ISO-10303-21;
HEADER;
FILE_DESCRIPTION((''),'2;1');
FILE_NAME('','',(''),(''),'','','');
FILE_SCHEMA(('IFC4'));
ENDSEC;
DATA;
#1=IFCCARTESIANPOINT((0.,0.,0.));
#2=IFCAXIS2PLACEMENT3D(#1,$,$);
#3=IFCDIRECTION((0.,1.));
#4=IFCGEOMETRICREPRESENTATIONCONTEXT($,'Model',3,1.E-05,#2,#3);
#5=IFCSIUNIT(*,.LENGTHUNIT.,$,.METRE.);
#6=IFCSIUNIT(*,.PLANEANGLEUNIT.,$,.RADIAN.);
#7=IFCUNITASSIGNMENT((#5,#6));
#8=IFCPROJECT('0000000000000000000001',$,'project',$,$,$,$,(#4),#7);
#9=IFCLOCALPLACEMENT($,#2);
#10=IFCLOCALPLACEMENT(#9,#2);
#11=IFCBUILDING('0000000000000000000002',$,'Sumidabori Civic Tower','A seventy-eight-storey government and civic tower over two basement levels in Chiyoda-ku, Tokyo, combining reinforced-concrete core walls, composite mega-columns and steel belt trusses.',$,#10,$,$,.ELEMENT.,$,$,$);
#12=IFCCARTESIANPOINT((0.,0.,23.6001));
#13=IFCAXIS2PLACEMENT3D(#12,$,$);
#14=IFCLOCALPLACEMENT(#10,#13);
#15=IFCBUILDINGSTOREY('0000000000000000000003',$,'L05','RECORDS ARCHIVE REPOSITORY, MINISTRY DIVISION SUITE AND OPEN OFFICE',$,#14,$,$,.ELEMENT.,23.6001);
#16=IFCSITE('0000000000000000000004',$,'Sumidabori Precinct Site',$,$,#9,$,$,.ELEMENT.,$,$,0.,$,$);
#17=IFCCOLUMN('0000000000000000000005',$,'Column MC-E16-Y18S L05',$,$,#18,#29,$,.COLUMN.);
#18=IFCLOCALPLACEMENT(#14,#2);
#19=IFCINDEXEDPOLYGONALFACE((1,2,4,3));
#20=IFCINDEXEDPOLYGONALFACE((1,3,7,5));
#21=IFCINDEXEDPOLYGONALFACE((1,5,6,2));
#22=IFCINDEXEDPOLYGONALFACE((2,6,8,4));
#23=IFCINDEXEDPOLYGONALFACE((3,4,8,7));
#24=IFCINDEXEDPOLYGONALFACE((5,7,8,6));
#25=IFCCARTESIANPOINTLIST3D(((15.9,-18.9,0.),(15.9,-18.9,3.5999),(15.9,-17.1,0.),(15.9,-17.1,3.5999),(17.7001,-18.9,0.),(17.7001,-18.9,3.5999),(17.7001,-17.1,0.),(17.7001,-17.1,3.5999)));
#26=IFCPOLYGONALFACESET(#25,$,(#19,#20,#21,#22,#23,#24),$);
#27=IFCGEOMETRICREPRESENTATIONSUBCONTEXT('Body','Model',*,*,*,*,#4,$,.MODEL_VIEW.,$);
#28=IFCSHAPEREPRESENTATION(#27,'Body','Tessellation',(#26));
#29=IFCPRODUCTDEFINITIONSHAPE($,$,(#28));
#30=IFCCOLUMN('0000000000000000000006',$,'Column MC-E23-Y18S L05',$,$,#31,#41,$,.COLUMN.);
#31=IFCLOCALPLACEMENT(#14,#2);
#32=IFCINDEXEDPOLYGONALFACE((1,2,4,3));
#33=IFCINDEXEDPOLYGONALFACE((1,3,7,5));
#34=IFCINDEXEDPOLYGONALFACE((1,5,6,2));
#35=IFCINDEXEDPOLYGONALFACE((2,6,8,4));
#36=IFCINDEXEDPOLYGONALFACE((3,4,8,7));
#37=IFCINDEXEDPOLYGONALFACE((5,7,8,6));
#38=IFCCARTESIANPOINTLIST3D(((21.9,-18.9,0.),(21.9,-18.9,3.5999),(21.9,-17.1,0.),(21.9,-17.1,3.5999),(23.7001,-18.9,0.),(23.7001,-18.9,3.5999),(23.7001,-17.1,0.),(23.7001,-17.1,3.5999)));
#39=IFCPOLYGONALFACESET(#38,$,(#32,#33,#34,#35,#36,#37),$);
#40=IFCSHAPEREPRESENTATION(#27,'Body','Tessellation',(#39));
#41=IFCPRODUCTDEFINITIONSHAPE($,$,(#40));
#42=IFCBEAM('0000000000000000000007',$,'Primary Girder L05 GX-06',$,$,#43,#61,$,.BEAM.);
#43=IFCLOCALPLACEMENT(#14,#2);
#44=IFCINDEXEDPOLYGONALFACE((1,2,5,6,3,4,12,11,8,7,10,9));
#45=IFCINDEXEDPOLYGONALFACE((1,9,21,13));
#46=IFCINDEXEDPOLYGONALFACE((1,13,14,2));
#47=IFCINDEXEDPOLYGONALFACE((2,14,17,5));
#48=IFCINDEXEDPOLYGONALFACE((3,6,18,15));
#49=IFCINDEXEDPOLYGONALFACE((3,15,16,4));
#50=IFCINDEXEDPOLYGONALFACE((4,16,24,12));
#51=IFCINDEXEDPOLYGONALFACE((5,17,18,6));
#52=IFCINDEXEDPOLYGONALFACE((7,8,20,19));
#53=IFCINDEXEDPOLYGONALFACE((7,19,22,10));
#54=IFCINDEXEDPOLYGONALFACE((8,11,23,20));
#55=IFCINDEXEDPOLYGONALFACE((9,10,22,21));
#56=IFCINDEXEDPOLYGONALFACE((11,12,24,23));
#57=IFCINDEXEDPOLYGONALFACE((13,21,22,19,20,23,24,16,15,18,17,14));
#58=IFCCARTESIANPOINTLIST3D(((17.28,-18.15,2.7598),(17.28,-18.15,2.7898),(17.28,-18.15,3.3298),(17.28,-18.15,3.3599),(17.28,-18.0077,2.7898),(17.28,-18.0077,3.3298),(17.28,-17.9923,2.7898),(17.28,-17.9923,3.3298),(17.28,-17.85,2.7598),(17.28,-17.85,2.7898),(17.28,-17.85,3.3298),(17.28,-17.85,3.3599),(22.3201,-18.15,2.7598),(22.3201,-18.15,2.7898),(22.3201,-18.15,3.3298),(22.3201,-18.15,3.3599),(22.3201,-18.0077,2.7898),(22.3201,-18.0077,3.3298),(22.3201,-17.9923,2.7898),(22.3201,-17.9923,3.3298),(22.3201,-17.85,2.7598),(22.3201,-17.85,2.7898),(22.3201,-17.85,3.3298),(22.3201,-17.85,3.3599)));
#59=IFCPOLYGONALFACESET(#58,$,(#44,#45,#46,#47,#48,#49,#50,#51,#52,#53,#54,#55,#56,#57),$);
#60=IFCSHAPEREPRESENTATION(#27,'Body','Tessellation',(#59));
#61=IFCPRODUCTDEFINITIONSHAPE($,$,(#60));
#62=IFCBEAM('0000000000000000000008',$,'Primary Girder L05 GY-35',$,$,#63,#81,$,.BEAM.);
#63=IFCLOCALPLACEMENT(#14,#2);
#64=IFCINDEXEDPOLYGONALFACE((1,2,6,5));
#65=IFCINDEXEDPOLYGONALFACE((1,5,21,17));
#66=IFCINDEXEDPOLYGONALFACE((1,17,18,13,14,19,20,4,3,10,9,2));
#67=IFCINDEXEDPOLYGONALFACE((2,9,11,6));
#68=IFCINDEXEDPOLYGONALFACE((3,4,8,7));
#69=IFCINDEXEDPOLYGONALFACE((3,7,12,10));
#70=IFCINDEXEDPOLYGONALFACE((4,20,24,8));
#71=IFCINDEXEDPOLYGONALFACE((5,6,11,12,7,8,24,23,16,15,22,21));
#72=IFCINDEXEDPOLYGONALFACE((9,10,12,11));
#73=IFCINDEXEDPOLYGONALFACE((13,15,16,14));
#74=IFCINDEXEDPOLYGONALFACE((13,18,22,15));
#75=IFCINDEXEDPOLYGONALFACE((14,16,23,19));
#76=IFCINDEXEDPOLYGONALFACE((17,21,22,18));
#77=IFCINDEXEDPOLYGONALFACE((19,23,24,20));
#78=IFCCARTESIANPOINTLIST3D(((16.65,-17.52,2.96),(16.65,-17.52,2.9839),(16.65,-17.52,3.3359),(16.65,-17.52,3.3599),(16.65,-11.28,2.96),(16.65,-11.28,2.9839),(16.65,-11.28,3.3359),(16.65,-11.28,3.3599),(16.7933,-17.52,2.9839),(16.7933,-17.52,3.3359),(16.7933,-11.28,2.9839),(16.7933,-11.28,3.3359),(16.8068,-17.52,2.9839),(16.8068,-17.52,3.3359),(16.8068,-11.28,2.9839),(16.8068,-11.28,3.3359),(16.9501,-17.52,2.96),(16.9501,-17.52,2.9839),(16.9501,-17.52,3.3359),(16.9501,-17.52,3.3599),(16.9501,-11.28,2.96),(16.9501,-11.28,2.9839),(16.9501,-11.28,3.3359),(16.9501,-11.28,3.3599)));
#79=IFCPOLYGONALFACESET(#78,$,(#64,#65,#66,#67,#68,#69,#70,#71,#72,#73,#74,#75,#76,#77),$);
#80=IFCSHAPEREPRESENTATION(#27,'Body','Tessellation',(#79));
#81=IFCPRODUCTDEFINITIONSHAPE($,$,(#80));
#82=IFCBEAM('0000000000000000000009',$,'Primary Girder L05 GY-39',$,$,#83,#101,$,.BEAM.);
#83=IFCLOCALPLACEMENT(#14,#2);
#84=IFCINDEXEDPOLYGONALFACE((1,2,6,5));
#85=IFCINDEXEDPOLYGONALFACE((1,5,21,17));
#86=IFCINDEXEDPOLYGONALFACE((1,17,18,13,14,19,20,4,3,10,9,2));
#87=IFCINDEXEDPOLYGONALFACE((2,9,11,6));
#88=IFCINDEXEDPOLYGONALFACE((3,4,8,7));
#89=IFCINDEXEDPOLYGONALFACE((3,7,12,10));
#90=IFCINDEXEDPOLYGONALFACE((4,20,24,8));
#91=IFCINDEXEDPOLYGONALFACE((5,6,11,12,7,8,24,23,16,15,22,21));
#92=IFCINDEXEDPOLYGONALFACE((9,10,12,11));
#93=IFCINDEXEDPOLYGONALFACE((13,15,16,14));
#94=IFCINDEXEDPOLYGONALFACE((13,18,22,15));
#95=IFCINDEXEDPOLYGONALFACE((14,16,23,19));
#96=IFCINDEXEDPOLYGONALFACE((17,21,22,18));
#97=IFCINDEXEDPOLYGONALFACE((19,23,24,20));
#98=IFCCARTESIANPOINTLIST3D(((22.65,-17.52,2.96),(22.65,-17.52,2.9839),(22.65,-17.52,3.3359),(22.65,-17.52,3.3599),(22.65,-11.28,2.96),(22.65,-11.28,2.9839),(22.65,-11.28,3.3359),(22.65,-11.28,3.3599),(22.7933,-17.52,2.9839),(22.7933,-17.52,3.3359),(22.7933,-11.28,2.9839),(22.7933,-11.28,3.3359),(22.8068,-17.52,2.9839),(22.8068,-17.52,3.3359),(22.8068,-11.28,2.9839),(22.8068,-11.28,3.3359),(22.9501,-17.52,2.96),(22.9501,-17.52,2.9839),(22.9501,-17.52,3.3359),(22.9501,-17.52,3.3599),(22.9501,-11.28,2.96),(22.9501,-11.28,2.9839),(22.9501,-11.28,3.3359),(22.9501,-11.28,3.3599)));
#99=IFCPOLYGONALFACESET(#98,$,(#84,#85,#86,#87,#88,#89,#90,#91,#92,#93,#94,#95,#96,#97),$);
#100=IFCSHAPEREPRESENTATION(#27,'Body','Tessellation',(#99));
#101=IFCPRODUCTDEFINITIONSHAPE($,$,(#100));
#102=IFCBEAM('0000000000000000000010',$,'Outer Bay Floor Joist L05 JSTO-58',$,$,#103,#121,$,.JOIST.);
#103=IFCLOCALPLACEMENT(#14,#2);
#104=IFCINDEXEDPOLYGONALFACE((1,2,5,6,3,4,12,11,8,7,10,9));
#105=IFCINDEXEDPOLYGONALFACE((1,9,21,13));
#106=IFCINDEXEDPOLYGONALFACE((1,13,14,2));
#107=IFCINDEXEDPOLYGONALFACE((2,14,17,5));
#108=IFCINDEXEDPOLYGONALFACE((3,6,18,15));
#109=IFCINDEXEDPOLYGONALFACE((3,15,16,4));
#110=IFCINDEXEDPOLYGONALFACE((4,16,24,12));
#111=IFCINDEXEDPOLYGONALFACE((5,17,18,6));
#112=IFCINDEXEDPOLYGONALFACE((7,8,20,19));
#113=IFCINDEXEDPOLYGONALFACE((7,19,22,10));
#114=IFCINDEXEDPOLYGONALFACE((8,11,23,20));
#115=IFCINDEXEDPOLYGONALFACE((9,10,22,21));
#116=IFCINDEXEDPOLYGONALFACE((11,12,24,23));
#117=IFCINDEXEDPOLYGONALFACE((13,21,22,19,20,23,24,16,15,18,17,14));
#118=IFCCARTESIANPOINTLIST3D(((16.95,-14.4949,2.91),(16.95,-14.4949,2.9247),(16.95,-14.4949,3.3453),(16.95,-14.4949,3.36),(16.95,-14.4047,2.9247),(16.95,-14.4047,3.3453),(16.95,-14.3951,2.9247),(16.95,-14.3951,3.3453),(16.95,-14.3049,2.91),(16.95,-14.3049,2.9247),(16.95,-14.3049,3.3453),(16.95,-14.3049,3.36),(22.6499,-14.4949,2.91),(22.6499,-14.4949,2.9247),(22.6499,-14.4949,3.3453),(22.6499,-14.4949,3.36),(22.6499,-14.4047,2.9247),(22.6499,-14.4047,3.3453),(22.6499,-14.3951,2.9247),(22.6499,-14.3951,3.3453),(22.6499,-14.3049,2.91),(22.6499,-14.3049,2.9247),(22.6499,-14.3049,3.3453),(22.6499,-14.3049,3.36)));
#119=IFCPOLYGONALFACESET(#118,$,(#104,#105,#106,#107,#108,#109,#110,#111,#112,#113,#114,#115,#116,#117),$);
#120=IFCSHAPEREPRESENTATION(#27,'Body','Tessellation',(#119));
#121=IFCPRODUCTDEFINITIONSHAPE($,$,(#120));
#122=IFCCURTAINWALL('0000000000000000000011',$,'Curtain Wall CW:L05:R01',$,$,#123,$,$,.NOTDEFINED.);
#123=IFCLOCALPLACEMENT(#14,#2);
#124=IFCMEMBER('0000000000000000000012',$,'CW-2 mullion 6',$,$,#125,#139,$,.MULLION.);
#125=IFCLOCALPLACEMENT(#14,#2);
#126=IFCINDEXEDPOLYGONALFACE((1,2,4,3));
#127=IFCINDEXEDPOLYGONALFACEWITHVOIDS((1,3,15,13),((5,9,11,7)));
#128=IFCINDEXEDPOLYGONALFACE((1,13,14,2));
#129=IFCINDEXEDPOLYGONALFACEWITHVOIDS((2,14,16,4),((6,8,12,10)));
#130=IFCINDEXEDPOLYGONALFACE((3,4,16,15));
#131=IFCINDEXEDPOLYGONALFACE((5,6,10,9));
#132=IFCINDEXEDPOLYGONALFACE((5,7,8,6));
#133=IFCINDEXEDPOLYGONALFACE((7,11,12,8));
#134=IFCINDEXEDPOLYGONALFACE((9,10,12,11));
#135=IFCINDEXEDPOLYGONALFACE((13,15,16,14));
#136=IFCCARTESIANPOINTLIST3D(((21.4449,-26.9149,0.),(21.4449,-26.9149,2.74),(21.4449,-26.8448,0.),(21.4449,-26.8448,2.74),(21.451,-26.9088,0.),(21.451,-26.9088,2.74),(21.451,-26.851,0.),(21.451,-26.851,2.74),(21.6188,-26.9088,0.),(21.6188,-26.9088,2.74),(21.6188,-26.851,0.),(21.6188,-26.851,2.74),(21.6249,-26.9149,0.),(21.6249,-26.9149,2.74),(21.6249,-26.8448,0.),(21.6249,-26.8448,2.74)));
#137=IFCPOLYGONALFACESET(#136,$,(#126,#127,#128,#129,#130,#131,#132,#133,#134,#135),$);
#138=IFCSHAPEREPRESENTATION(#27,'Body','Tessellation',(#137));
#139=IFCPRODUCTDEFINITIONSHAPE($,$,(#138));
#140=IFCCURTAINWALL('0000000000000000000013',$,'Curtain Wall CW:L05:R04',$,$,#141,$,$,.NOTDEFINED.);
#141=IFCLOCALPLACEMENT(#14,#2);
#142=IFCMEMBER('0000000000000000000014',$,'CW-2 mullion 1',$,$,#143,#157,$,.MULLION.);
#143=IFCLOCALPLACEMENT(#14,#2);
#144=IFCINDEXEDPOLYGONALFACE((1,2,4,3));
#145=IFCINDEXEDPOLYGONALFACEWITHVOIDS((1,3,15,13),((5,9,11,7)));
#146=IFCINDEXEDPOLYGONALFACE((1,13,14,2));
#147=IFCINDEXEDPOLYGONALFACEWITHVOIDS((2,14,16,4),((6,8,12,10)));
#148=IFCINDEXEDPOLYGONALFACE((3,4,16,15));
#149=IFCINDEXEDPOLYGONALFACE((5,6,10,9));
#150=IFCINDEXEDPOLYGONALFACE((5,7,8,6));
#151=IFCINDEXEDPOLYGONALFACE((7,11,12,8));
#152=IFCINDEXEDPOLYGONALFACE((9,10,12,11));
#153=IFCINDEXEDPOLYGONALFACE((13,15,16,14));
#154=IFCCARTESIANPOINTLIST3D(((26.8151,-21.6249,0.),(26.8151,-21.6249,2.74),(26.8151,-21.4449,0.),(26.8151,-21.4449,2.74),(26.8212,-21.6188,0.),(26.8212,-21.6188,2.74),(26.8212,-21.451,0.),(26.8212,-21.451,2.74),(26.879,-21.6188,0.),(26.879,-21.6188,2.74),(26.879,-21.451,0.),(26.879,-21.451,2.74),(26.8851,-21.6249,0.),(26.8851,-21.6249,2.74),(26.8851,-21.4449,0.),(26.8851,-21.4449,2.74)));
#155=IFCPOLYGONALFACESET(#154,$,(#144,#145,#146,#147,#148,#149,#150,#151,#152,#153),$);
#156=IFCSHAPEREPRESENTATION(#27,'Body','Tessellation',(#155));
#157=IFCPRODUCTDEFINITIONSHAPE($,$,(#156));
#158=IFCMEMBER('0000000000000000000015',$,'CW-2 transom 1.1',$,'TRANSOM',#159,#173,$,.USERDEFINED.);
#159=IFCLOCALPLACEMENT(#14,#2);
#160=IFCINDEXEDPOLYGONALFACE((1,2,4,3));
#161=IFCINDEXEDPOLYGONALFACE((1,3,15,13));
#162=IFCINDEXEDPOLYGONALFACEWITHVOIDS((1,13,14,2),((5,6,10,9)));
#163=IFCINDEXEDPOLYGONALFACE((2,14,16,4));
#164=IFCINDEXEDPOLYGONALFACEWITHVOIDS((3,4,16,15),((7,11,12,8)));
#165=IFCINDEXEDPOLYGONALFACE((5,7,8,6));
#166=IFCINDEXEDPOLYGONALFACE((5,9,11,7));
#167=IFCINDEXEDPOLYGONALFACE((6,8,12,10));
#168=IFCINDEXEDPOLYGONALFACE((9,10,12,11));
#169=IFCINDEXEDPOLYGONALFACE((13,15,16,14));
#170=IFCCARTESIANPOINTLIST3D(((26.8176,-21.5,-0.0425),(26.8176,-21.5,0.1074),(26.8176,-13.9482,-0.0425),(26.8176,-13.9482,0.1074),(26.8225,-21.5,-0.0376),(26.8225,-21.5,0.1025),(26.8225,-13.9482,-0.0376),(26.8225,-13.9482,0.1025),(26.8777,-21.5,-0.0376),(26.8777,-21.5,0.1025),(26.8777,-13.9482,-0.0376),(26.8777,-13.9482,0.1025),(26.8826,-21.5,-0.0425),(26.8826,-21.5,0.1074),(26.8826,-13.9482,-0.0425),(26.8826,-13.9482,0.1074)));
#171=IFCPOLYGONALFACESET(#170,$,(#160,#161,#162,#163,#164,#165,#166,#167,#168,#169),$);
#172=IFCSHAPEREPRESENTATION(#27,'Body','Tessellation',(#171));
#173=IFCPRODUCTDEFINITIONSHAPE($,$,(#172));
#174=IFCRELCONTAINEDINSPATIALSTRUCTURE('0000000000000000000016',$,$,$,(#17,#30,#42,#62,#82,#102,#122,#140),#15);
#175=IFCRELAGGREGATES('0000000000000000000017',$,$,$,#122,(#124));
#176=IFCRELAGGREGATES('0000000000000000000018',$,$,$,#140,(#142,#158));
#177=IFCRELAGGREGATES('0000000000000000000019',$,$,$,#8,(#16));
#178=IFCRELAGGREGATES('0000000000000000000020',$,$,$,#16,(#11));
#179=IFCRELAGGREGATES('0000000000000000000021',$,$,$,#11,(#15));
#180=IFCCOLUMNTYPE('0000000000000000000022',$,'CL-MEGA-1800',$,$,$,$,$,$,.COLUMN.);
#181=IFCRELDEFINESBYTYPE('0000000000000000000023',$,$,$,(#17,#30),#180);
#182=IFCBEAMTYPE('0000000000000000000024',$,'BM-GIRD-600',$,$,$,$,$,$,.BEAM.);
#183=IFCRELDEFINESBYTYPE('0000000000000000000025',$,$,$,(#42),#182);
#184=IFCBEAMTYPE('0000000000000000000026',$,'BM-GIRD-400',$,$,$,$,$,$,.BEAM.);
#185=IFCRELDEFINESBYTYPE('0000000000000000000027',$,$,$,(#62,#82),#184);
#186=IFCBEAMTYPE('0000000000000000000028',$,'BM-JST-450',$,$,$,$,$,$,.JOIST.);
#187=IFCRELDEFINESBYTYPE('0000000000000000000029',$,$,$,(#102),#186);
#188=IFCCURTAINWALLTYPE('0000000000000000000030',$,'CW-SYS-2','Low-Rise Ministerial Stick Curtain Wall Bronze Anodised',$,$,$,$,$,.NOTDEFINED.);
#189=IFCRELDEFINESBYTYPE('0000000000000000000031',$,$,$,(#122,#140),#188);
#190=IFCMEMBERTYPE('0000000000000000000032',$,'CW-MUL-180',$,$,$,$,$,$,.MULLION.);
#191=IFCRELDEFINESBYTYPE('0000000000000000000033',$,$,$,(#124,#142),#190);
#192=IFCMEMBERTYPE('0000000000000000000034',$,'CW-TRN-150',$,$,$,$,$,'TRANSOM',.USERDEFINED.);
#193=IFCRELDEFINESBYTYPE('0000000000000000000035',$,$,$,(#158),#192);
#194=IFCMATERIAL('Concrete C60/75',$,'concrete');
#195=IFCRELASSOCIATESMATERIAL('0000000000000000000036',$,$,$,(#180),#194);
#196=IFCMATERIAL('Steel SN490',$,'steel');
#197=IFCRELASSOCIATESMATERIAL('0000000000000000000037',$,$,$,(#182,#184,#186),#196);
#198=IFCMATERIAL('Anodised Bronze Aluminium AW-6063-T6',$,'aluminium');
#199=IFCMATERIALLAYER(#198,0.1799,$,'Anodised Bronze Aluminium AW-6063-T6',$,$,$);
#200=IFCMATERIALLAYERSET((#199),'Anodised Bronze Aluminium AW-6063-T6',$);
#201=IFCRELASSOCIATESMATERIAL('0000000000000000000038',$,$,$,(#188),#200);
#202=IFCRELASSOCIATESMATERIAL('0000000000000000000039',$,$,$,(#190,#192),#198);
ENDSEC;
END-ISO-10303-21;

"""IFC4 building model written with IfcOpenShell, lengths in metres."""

from ifc_helpers import new_model, si_unit, direction, frame, origin, origin_2d, place, context, subcontext, project, spatial, rectangle, hollow_rectangle, i_section, extrude, source, transform, mapped, material, layer, layer_set, material_profile, profile_set, type_object, element, aggregate, save


model = new_model("IFC4")

# Units and contexts
model_context = context("Model", 3, precision=1e-05, world=origin(), true_north=direction((0.0, 1.0)))
body_context = subcontext(model_context, "Body", "Model", "MODEL_VIEW")
ifc_project = project(units=[si_unit("LENGTHUNIT", "METRE"), si_unit("PLANEANGLEUNIT", "RADIAN")], contexts=[model_context])

# Site, building, storey
site_placement = place(None, origin())
site = spatial("IfcSite", under=ifc_project, at=site_placement, Name="Sumidabori Precinct Site", CompositionType="ELEMENT", RefElevation=0.0)
building_placement = place(site_placement, origin())
building = spatial("IfcBuilding", under=site, at=building_placement, Name="Sumidabori Civic Tower", Description="A seventy-eight-storey government and civic tower over two basement levels in Chiyoda-ku, Tokyo, combining reinforced-concrete core walls, composite mega-columns and steel belt trusses.", CompositionType="ELEMENT")
storey_placement = place(building_placement, frame((0.0, 0.0, 23.6001)))
storey = spatial("IfcBuildingStorey", under=building, at=storey_placement, Name="L05", Description="RECORDS ARCHIVE REPOSITORY, MINISTRY DIVISION SUITE AND OPEN OFFICE", CompositionType="ELEMENT", Elevation=23.6001)

# Columns
ifc_material_1 = material(Name="Concrete C60/75", Category="concrete")
ifc_material_profile_1 = material_profile(ifc_material_1, rectangle(XDim=1.8, YDim=1.8, at=origin_2d()), Name="RC 1800x1800")
ifc_profile_set_1 = profile_set([ifc_material_profile_1], Name="Concrete C60/75")
column_type = type_object("IfcColumnType", Name="CL-MEGA-1800", PredefinedType="COLUMN", material=ifc_profile_set_1)
shared_shape_1 = source(origin(), body_context, "Body", "SweptSolid", [
    extrude(rectangle(XDim=1.8, YDim=1.8, at=origin_2d()), origin(), (0.0, 0.0, 1.0), 3.5999),
])
for number, where, z_axis, x_axis, name in (
    (1, (16.8, -18.0, 0.0), (0.0, 0.0, 1.0), (1.0, 0.0, 0.0), "Column MC-E16-Y18S L05"),
    (2, (22.8, -18.0, 0.0), (0.0, 0.0, 1.0), (1.0, 0.0, 0.0), "Column MC-E23-Y18S L05"),
):
    element("IfcColumn", number, at=place(storey_placement, frame(where, z_axis=z_axis, x_axis=x_axis)), inside=storey, type_object=column_type, Name=name, PredefinedType="COLUMN", context=body_context, shape_type="MappedRepresentation", body=[
        mapped(shared_shape_1, transform((0.0, 0.0, 0.0), x_axis=(1.0, 0.0, 0.0), y_axis=(0.0, 1.0, 0.0), z_axis=(0.0, 0.0, 1.0), scale=1.0)),
    ])

# Beams
ifc_material_2 = material(Name="Steel SN490", Category="steel")
ifc_material_profile_2 = material_profile(ifc_material_2, i_section(OverallWidth=0.3, OverallDepth=0.6001, WebThickness=0.0154, FlangeThickness=0.03, at=origin_2d()), Name="HE 600 B")
ifc_profile_set_2 = profile_set([ifc_material_profile_2], Name="Steel SN490")
beam_type_1 = type_object("IfcBeamType", Name="BM-GIRD-600", PredefinedType="BEAM", material=ifc_profile_set_2)
shared_shape_2 = source(origin(), body_context, "Body", "SweptSolid", [
    extrude(i_section(OverallWidth=0.3, OverallDepth=0.6001, WebThickness=0.0154, FlangeThickness=0.03, at=origin_2d()), origin(), (0.0, 0.0, 1.0), 5.04),
])
beam_1_placement = place(storey_placement, frame((17.28, -18.0, 3.0598), z_axis=(1.0, 0.0, 0.0), x_axis=(0.0, 1.0, 0.0)))
element("IfcBeam", 3, at=beam_1_placement, inside=storey, type_object=beam_type_1, Name="Primary Girder L05 GX-06", PredefinedType="BEAM", context=body_context, shape_type="MappedRepresentation", body=[
    mapped(shared_shape_2, transform((0.0, 0.0, 0.0), x_axis=(1.0, 0.0, 0.0), y_axis=(0.0, 1.0, 0.0), z_axis=(0.0, 0.0, 1.0), scale=1.0)),
])
ifc_material_profile_3 = material_profile(ifc_material_2, i_section(OverallWidth=0.3, OverallDepth=0.3999, WebThickness=0.0134, FlangeThickness=0.0239, at=origin_2d()), Name="HE 400 B")
ifc_profile_set_3 = profile_set([ifc_material_profile_3], Name="Steel SN490")
beam_type_2 = type_object("IfcBeamType", Name="BM-GIRD-400", PredefinedType="BEAM", material=ifc_profile_set_3)
shared_shape_3 = source(origin(), body_context, "Body", "SweptSolid", [
    extrude(i_section(OverallWidth=0.3, OverallDepth=0.3999, WebThickness=0.0134, FlangeThickness=0.0239, at=origin_2d()), origin(), (0.0, 0.0, 1.0), 6.24),
])
for number, where, z_axis, x_axis, name in (
    (4, (16.8, -17.52, 3.1599), (0.0, 1.0, 0.0), (-1.0, 0.0, 0.0), "Primary Girder L05 GY-35"),
    (5, (22.8, -17.52, 3.1599), (0.0, 1.0, 0.0), (-1.0, 0.0, 0.0), "Primary Girder L05 GY-39"),
):
    element("IfcBeam", number, at=place(storey_placement, frame(where, z_axis=z_axis, x_axis=x_axis)), inside=storey, type_object=beam_type_2, Name=name, PredefinedType="BEAM", context=body_context, shape_type="MappedRepresentation", body=[
        mapped(shared_shape_3, transform((0.0, 0.0, 0.0), x_axis=(1.0, 0.0, 0.0), y_axis=(0.0, 1.0, 0.0), z_axis=(0.0, 0.0, 1.0), scale=1.0)),
    ])
ifc_material_profile_4 = material_profile(ifc_material_2, i_section(OverallWidth=0.1899, OverallDepth=0.45, WebThickness=0.0095, FlangeThickness=0.0146, at=origin_2d()), Name="IPE 450")
ifc_profile_set_4 = profile_set([ifc_material_profile_4], Name="Steel SN490")
beam_type_3 = type_object("IfcBeamType", Name="BM-JST-450", PredefinedType="JOIST", material=ifc_profile_set_4)
shared_shape_4 = source(origin(), body_context, "Body", "SweptSolid", [
    extrude(i_section(OverallWidth=0.1899, OverallDepth=0.45, WebThickness=0.0095, FlangeThickness=0.0146, at=origin_2d()), origin(), (0.0, 0.0, 1.0), 5.7),
])
beam_2_placement = place(storey_placement, frame((16.95, -14.3999, 3.135), z_axis=(1.0, 0.0, 0.0), x_axis=(0.0, 1.0, 0.0)))
element("IfcBeam", 6, at=beam_2_placement, inside=storey, type_object=beam_type_3, Name="Outer Bay Floor Joist L05 JSTO-58", PredefinedType="JOIST", context=body_context, shape_type="MappedRepresentation", body=[
    mapped(shared_shape_4, transform((0.0, 0.0, 0.0), x_axis=(1.0, 0.0, 0.0), y_axis=(0.0, 1.0, 0.0), z_axis=(0.0, 0.0, 1.0), scale=1.0)),
])

# Curtain wall, member
ifc_material_3 = material(Name="Anodised Bronze Aluminium AW-6063-T6", Category="aluminium")
ifc_layer_1 = layer(ifc_material_3, 0.1799, Name="Anodised Bronze Aluminium AW-6063-T6")
ifc_layer_set_1 = layer_set([ifc_layer_1], Name="Anodised Bronze Aluminium AW-6063-T6")
curtain_wall_type = type_object("IfcCurtainWallType", Name="CW-SYS-2", Description="Low-Rise Ministerial Stick Curtain Wall Bronze Anodised", PredefinedType="NOTDEFINED", material=ifc_layer_set_1)
curtain_wall_1_placement = place(storey_placement, origin())
curtain_wall_1 = element("IfcCurtainWall", 7, at=curtain_wall_1_placement, inside=storey, type_object=curtain_wall_type, Name="Curtain Wall CW:L05:R01", PredefinedType="NOTDEFINED")
ifc_material_profile_5 = material_profile(ifc_material_3, hollow_rectangle(XDim=0.0701, YDim=0.1799, WallThickness=0.0061, at=origin_2d()), Name="ALU MULLION 180x70")
ifc_profile_set_5 = profile_set([ifc_material_profile_5], Name="Anodised Bronze Aluminium AW-6063-T6")
member_type_1 = type_object("IfcMemberType", Name="CW-MUL-180", PredefinedType="MULLION", material=ifc_profile_set_5)
shared_shape_5 = source(origin(), body_context, "Body", "SweptSolid", [
    extrude(hollow_rectangle(XDim=0.0701, YDim=0.1799, WallThickness=0.0061, at=origin_2d()), origin(), (0.0, 0.0, 1.0), 2.74),
])
member_1_placement = place(storey_placement, frame((21.5349, -26.8799, 0.0), z_axis=(0.0, 0.0, 1.0), x_axis=(0.0, 1.0, 0.0)))
member_1 = element("IfcMember", 8, at=member_1_placement, type_object=member_type_1, Name="CW-2 mullion 6", PredefinedType="MULLION", context=body_context, shape_type="MappedRepresentation", body=[
    mapped(shared_shape_5, transform((0.0, 0.0, 0.0), x_axis=(1.0, 0.0, 0.0), y_axis=(0.0, 1.0, 0.0), z_axis=(0.0, 0.0, 1.0), scale=1.0)),
])

# Curtain wall, members
curtain_wall_2_placement = place(storey_placement, origin())
curtain_wall_2 = element("IfcCurtainWall", 9, at=curtain_wall_2_placement, inside=storey, type_object=curtain_wall_type, Name="Curtain Wall CW:L05:R04", PredefinedType="NOTDEFINED")
member_2_placement = place(storey_placement, frame((26.8501, -21.5349, 0.0), z_axis=(0.0, 0.0, 1.0), x_axis=(-1.0, 0.0, 0.0)))
member_2 = element("IfcMember", 10, at=member_2_placement, type_object=member_type_1, Name="CW-2 mullion 1", PredefinedType="MULLION", context=body_context, shape_type="MappedRepresentation", body=[
    mapped(shared_shape_5, transform((0.0, 0.0, 0.0), x_axis=(1.0, 0.0, 0.0), y_axis=(0.0, 1.0, 0.0), z_axis=(0.0, 0.0, 1.0), scale=1.0)),
])
ifc_material_profile_6 = material_profile(ifc_material_3, hollow_rectangle(XDim=0.0649, YDim=0.1499, WallThickness=0.0049, at=origin_2d()), Name="ALU TRANSOM 150x65")
ifc_profile_set_6 = profile_set([ifc_material_profile_6], Name="Anodised Bronze Aluminium AW-6063-T6")
member_type_2 = type_object("IfcMemberType", Name="CW-TRN-150", ElementType="TRANSOM", PredefinedType="USERDEFINED", material=ifc_profile_set_6)
shared_shape_6 = source(origin(), body_context, "Body", "SweptSolid", [
    extrude(hollow_rectangle(XDim=0.0649, YDim=0.1499, WallThickness=0.0049, at=origin_2d()), origin(), (0.0, 0.0, 1.0), 7.5518),
])
member_3_placement = place(storey_placement, frame((26.8501, -21.5, 0.0325), z_axis=(0.0, 1.0, 0.0), x_axis=(-1.0, 0.0, 0.0)))
member_3 = element("IfcMember", 11, at=member_3_placement, type_object=member_type_2, Name="CW-2 transom 1.1", ObjectType="TRANSOM", PredefinedType="USERDEFINED", context=body_context, shape_type="MappedRepresentation", body=[
    mapped(shared_shape_6, transform((0.0, 0.0, 0.0), x_axis=(1.0, 0.0, 0.0), y_axis=(0.0, 1.0, 0.0), z_axis=(0.0, 0.0, 1.0), scale=1.0)),
])

aggregate(curtain_wall_1, [member_1])
aggregate(curtain_wall_2, [member_2, member_3])

save(model, "model.ifc")
